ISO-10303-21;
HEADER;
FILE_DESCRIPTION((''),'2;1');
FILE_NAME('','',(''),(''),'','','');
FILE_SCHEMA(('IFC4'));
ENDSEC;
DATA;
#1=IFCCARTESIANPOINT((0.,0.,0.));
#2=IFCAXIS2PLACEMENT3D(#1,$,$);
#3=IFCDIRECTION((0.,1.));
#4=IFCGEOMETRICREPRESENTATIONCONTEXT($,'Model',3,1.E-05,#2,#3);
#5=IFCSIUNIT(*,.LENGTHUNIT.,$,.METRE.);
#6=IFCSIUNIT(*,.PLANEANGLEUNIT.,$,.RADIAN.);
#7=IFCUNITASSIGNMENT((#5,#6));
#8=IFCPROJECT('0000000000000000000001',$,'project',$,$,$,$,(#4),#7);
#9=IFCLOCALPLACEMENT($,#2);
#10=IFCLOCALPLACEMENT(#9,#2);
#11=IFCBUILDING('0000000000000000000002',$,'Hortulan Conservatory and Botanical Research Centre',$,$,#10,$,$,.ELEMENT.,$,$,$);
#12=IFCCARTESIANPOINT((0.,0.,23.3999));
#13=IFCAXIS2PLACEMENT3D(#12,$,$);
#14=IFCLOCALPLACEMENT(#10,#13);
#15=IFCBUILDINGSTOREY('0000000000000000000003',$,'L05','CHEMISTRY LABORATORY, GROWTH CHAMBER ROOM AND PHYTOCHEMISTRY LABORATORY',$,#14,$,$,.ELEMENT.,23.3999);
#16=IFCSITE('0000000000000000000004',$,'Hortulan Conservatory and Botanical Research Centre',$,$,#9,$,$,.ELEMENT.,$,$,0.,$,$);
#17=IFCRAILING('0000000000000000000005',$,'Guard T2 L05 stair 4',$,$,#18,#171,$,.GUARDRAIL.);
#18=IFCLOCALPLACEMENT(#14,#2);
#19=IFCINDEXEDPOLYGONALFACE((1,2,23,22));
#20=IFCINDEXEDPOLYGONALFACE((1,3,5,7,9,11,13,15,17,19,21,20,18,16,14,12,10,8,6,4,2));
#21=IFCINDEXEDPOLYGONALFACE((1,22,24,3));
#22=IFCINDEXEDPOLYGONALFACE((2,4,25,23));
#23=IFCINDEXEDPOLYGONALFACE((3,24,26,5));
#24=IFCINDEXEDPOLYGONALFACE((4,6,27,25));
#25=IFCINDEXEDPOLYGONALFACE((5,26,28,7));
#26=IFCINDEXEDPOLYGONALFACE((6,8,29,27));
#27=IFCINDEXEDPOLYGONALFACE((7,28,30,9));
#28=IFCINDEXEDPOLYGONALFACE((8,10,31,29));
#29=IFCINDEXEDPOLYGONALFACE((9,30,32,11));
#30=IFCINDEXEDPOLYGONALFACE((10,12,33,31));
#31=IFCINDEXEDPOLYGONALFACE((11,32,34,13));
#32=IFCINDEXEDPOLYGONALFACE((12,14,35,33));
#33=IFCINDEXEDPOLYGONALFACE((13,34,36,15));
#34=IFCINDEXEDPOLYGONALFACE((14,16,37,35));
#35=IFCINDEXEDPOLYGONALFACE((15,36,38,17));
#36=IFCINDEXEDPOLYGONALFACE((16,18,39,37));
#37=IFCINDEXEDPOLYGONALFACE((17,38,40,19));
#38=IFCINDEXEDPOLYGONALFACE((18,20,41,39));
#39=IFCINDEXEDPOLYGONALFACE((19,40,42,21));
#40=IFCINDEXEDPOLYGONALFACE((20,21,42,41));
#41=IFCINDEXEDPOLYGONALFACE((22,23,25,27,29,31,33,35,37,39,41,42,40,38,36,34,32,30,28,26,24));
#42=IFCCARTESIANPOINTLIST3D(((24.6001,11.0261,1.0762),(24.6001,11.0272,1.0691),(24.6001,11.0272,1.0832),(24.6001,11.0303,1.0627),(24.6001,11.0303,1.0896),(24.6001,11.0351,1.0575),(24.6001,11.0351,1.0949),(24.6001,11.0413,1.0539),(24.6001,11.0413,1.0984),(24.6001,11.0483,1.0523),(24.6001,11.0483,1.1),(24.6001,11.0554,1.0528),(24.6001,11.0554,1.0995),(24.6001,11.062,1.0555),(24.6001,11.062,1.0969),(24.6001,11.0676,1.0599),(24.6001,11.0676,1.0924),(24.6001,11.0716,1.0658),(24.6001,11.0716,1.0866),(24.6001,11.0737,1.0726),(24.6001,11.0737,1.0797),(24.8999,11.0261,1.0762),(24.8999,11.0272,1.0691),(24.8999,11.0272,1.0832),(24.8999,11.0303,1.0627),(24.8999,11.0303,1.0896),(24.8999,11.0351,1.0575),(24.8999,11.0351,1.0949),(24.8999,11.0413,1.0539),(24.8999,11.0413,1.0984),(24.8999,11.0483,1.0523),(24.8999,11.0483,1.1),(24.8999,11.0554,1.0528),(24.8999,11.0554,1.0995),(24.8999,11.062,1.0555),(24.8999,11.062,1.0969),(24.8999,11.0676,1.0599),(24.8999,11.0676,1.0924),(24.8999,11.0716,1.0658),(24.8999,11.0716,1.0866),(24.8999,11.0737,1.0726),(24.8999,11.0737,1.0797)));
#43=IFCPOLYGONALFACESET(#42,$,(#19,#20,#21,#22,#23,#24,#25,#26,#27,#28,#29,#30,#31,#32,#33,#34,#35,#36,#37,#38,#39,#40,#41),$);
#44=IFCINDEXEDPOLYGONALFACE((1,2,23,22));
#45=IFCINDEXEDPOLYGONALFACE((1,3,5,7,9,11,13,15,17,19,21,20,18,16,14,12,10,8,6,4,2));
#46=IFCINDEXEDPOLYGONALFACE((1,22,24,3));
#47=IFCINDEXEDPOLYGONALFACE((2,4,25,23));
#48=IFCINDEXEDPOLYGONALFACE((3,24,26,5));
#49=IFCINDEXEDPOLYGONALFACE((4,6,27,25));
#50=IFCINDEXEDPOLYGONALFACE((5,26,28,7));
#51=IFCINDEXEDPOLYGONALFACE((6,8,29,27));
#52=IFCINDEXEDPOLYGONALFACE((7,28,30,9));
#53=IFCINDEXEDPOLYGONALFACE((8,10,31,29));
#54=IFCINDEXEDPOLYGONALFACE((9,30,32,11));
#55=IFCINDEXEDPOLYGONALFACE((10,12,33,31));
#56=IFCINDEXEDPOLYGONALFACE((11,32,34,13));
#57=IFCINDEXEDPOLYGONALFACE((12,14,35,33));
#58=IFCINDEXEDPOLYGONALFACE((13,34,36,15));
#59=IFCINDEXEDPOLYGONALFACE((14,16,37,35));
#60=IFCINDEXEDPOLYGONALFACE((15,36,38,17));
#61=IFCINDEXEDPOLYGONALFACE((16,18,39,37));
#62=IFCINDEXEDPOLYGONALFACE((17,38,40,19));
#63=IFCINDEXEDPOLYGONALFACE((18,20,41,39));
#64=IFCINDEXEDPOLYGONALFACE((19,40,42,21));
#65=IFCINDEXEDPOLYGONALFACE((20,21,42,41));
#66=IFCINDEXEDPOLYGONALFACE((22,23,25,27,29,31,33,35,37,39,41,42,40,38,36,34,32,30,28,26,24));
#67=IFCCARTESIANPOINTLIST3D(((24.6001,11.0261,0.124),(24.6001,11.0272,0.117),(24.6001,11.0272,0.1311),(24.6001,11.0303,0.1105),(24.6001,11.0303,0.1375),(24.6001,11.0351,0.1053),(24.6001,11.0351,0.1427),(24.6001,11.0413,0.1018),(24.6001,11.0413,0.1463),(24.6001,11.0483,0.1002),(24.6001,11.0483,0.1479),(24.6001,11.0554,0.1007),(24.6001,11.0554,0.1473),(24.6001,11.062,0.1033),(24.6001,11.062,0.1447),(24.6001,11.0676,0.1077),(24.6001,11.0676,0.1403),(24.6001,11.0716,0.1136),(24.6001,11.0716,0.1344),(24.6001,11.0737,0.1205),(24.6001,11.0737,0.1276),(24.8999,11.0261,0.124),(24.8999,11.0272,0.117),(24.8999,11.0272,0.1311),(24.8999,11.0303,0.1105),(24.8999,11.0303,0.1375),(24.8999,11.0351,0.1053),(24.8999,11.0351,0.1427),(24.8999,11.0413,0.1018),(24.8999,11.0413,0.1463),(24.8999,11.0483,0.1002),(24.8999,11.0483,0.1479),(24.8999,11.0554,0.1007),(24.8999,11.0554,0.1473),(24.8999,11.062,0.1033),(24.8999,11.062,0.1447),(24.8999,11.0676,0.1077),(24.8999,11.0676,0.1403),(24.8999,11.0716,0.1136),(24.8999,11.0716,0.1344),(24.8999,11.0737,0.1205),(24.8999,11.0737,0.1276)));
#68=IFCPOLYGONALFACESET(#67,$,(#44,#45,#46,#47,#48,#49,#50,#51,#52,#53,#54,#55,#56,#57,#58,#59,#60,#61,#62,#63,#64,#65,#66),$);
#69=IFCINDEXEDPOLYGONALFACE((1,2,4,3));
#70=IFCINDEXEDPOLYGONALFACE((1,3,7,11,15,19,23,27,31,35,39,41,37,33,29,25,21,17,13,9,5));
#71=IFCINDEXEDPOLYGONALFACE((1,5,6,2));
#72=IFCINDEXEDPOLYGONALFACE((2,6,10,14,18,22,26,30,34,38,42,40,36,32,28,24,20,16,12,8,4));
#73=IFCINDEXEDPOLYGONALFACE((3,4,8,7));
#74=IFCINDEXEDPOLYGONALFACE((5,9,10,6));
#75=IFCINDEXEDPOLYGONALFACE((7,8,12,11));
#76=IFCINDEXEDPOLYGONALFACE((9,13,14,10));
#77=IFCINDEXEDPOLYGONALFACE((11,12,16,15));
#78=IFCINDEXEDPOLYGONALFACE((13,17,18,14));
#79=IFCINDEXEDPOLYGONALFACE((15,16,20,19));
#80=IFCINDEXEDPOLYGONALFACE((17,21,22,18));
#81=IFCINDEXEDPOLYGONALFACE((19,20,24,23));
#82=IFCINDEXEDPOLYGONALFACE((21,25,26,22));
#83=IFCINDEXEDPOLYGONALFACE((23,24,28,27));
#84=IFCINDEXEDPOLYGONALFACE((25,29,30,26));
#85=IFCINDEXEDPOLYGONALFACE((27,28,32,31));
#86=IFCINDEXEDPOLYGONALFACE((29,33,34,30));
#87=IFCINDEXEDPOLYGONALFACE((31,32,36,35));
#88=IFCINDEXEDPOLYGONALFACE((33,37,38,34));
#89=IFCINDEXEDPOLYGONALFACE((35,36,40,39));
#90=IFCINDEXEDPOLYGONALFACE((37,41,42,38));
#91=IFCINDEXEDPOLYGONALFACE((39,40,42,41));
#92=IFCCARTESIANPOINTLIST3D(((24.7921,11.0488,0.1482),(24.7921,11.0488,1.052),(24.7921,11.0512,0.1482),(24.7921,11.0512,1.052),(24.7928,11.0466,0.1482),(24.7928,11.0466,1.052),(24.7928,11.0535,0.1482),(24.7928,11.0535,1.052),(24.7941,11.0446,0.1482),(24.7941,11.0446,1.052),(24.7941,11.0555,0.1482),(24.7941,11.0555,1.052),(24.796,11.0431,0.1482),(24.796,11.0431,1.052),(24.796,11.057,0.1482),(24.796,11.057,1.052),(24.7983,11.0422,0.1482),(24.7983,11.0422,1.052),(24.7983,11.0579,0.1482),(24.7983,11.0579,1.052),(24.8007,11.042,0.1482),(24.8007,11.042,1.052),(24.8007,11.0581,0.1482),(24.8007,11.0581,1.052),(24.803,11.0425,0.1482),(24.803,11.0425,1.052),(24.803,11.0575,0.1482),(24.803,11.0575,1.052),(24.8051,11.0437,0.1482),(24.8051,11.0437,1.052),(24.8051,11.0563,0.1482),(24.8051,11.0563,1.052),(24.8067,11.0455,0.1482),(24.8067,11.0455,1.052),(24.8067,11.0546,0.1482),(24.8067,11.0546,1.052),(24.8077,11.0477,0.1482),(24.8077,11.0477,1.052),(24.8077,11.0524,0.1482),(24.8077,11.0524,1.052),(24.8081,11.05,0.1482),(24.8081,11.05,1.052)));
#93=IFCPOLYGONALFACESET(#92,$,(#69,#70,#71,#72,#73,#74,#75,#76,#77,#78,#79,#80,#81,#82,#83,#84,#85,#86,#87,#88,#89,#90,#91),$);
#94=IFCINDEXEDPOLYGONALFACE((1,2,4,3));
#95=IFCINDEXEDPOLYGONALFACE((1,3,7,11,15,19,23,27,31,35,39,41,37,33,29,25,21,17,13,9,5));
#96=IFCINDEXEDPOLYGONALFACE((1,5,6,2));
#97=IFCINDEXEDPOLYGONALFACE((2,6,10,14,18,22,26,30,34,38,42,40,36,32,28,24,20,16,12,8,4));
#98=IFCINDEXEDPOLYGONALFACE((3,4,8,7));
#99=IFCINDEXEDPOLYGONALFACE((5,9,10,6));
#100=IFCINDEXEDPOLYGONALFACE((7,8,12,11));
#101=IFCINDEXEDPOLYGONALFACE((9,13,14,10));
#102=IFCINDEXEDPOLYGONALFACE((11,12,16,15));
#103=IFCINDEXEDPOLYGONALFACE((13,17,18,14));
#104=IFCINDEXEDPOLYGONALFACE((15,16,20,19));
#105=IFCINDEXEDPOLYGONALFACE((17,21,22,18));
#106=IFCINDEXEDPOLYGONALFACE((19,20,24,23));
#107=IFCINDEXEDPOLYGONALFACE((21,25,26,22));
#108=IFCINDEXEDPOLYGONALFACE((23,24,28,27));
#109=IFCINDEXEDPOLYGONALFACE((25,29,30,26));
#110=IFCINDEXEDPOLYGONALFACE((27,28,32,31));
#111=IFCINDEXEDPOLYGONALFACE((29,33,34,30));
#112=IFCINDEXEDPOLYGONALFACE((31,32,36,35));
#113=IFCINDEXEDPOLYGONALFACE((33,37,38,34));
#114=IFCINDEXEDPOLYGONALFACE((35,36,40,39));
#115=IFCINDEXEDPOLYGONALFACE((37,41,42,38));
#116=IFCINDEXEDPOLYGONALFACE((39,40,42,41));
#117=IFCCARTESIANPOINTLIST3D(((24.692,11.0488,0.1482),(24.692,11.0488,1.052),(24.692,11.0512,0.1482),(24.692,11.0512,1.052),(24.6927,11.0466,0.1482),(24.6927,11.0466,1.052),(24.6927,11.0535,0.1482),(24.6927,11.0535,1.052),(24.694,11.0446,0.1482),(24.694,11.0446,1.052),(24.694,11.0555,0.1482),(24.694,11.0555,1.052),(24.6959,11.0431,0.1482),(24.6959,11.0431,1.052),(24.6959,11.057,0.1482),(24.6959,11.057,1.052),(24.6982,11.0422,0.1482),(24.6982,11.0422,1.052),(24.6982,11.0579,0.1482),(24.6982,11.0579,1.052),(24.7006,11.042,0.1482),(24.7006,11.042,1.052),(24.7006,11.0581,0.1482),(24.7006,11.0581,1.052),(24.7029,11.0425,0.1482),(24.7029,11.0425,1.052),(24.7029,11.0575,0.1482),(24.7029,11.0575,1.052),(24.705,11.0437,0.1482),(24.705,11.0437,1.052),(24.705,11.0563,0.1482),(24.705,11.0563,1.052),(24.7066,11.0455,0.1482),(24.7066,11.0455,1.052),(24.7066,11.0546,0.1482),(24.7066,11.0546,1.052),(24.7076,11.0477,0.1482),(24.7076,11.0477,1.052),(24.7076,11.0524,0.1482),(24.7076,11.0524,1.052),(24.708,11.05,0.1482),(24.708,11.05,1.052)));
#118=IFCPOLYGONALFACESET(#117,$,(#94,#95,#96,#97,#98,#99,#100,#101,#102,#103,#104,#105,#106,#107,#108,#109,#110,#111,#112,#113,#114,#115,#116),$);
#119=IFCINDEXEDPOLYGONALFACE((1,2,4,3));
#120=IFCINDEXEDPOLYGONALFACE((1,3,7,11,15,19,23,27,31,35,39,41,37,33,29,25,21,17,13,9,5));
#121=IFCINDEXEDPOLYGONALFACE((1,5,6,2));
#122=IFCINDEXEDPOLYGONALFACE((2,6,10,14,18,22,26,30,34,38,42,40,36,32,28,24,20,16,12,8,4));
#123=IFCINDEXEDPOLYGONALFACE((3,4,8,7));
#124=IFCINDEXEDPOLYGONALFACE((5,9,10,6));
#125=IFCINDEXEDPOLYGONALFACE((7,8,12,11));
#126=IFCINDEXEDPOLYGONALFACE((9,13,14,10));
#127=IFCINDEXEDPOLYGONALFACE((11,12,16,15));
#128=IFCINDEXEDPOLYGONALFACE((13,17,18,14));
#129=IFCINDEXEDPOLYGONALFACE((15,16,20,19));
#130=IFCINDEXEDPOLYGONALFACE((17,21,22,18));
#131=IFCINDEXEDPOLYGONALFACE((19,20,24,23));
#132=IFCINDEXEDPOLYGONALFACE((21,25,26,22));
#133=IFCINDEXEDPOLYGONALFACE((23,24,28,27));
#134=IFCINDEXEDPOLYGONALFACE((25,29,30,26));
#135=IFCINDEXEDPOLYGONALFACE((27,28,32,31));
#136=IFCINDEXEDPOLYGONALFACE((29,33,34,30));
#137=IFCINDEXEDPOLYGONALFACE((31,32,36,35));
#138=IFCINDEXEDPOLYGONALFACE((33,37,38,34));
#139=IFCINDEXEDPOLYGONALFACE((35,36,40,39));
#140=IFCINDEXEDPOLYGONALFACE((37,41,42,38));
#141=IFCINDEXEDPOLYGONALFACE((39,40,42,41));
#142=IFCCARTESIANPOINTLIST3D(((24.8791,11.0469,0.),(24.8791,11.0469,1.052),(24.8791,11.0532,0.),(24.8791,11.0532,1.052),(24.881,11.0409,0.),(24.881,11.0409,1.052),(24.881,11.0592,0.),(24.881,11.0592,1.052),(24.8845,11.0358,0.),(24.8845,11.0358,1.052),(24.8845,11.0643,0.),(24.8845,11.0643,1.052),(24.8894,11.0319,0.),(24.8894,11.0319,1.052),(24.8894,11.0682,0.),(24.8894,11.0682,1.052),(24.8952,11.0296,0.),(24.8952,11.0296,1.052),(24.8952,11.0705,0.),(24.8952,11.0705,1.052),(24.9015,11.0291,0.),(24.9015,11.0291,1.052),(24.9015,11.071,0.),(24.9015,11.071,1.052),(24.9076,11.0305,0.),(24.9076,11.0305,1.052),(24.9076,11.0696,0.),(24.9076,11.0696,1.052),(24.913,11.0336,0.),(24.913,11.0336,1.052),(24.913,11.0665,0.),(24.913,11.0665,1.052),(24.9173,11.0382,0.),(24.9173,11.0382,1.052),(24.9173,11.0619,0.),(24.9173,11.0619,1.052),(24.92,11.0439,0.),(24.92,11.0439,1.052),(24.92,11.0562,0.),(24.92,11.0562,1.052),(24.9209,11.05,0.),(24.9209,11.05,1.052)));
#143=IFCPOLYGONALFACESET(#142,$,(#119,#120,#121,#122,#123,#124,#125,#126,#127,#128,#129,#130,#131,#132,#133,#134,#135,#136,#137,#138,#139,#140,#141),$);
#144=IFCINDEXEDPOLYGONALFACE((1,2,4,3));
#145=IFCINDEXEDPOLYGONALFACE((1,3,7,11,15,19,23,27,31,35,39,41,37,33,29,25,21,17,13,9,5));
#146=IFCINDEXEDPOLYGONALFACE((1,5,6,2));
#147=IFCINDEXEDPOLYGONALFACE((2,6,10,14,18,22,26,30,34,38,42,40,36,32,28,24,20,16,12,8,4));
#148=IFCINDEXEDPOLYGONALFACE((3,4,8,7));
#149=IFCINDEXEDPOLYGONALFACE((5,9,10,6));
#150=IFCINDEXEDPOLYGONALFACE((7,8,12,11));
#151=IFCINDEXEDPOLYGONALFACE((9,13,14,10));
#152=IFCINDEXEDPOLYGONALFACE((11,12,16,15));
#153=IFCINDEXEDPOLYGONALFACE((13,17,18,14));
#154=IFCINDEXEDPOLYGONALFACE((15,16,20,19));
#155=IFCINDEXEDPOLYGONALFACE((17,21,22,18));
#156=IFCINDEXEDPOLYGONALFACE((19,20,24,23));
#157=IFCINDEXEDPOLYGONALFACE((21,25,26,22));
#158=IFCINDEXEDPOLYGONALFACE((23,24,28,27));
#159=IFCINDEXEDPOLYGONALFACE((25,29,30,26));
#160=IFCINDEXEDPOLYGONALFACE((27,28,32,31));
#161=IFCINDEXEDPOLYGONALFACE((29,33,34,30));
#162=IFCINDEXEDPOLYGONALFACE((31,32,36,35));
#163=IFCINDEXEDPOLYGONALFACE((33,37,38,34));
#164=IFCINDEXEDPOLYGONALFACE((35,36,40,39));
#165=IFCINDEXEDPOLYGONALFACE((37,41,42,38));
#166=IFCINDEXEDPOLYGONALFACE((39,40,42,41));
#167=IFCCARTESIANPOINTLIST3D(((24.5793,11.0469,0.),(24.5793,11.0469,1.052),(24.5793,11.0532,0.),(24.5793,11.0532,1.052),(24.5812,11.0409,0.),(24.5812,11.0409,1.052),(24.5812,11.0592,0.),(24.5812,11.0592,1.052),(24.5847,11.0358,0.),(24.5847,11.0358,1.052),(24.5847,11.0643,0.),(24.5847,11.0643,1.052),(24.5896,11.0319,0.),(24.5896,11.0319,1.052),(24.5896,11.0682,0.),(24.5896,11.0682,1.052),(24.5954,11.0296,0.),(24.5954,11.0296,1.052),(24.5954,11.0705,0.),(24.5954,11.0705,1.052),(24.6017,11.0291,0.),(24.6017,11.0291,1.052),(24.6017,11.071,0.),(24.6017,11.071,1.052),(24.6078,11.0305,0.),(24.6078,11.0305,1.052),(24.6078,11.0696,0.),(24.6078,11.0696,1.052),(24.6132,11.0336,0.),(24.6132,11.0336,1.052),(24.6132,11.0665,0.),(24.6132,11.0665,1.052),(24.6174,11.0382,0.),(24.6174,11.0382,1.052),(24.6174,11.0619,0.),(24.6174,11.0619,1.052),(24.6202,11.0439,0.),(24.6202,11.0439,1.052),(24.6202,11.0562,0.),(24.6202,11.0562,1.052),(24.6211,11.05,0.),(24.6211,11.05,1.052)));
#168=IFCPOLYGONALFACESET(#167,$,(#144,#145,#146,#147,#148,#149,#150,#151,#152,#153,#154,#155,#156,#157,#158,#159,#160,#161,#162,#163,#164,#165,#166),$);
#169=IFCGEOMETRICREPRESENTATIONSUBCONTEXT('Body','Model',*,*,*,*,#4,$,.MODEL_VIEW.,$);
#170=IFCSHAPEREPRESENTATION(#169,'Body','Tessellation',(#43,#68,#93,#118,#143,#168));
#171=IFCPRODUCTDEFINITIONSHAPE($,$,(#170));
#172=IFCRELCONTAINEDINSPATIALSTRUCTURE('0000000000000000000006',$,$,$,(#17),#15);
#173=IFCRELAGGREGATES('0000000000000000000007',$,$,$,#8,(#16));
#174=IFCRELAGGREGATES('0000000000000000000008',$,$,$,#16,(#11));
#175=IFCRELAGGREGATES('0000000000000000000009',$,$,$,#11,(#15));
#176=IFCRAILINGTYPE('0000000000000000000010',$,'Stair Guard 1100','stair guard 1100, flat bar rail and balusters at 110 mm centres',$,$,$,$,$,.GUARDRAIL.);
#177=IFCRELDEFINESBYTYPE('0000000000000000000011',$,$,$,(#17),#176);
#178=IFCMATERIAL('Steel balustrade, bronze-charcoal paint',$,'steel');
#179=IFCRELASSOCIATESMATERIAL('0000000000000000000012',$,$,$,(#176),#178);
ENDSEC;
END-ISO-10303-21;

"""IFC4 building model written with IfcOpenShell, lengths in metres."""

from ifc_helpers import new_model, si_unit, direction, frame, origin, origin_2d, place, context, subcontext, project, spatial, circle, extrude, material, type_object, element, save


model = new_model("IFC4")

# Units and contexts
model_context = context("Model", 3, precision=1e-05, world=origin(), true_north=direction((0.0, 1.0)))
body_context = subcontext(model_context, "Body", "Model", "MODEL_VIEW")
ifc_project = project(units=[si_unit("LENGTHUNIT", "METRE"), si_unit("PLANEANGLEUNIT", "RADIAN")], contexts=[model_context])

# Site, building, storey
site_placement = place(None, origin())
site = spatial("IfcSite", under=ifc_project, at=site_placement, Name="Hortulan Conservatory and Botanical Research Centre", CompositionType="ELEMENT", RefElevation=0.0)
building_placement = place(site_placement, origin())
building = spatial("IfcBuilding", under=site, at=building_placement, Name="Hortulan Conservatory and Botanical Research Centre", CompositionType="ELEMENT")
storey_placement = place(building_placement, frame((0.0, 0.0, 23.3999)))
storey = spatial("IfcBuildingStorey", under=building, at=storey_placement, Name="L05", Description="CHEMISTRY LABORATORY, GROWTH CHAMBER ROOM AND PHYTOCHEMISTRY LABORATORY", CompositionType="ELEMENT", Elevation=23.3999)

# Railing
ifc_material_1 = material(Name="Steel balustrade, bronze-charcoal paint", Category="steel")
railing_type_1 = type_object("IfcRailingType", Name="Stair Guard 1100", Description="stair guard 1100, flat bar rail and balusters at 110 mm centres", PredefinedType="GUARDRAIL", material=ifc_material_1)
railing_1_placement = place(storey_placement, frame((24.8999, 11.05, 0.0)))
element("IfcRailing", 1, at=railing_1_placement, inside=storey, type_object=railing_type_1, Name="Guard T2 L05 stair 4", PredefinedType="GUARDRAIL", context=body_context, shape_type="SweptSolid", body=[
    extrude(circle(Radius=0.0239, at=origin_2d()), frame((0.0, 0.0, 1.0762), z_axis=(-1.0, 0.0, 0.0), x_axis=(0.0, -1.0, 0.0)), (0.0, 0.0, 1.0), 0.2998),
    extrude(circle(Radius=0.0239, at=origin_2d()), frame((0.0, 0.0, 0.124), z_axis=(-1.0, 0.0, 0.0), x_axis=(0.0, -1.0, 0.0)), (0.0, 0.0, 1.0), 0.2998),
    extrude(circle(Radius=0.0081, at=origin_2d()), frame((-0.0999, 0.0, 0.1482)), (0.0, 0.0, 1.0), 0.9038),
    extrude(circle(Radius=0.0081, at=origin_2d()), frame((-0.2, 0.0, 0.1482)), (0.0, 0.0, 1.0), 0.9038),
    extrude(circle(Radius=0.021, at=origin_2d()), origin(), (0.0, 0.0, 1.0), 1.052),
    extrude(circle(Radius=0.021, at=origin_2d()), frame((-0.2998, 0.0, 0.0)), (0.0, 0.0, 1.0), 1.052),
])

save(model, "model.ifc")
